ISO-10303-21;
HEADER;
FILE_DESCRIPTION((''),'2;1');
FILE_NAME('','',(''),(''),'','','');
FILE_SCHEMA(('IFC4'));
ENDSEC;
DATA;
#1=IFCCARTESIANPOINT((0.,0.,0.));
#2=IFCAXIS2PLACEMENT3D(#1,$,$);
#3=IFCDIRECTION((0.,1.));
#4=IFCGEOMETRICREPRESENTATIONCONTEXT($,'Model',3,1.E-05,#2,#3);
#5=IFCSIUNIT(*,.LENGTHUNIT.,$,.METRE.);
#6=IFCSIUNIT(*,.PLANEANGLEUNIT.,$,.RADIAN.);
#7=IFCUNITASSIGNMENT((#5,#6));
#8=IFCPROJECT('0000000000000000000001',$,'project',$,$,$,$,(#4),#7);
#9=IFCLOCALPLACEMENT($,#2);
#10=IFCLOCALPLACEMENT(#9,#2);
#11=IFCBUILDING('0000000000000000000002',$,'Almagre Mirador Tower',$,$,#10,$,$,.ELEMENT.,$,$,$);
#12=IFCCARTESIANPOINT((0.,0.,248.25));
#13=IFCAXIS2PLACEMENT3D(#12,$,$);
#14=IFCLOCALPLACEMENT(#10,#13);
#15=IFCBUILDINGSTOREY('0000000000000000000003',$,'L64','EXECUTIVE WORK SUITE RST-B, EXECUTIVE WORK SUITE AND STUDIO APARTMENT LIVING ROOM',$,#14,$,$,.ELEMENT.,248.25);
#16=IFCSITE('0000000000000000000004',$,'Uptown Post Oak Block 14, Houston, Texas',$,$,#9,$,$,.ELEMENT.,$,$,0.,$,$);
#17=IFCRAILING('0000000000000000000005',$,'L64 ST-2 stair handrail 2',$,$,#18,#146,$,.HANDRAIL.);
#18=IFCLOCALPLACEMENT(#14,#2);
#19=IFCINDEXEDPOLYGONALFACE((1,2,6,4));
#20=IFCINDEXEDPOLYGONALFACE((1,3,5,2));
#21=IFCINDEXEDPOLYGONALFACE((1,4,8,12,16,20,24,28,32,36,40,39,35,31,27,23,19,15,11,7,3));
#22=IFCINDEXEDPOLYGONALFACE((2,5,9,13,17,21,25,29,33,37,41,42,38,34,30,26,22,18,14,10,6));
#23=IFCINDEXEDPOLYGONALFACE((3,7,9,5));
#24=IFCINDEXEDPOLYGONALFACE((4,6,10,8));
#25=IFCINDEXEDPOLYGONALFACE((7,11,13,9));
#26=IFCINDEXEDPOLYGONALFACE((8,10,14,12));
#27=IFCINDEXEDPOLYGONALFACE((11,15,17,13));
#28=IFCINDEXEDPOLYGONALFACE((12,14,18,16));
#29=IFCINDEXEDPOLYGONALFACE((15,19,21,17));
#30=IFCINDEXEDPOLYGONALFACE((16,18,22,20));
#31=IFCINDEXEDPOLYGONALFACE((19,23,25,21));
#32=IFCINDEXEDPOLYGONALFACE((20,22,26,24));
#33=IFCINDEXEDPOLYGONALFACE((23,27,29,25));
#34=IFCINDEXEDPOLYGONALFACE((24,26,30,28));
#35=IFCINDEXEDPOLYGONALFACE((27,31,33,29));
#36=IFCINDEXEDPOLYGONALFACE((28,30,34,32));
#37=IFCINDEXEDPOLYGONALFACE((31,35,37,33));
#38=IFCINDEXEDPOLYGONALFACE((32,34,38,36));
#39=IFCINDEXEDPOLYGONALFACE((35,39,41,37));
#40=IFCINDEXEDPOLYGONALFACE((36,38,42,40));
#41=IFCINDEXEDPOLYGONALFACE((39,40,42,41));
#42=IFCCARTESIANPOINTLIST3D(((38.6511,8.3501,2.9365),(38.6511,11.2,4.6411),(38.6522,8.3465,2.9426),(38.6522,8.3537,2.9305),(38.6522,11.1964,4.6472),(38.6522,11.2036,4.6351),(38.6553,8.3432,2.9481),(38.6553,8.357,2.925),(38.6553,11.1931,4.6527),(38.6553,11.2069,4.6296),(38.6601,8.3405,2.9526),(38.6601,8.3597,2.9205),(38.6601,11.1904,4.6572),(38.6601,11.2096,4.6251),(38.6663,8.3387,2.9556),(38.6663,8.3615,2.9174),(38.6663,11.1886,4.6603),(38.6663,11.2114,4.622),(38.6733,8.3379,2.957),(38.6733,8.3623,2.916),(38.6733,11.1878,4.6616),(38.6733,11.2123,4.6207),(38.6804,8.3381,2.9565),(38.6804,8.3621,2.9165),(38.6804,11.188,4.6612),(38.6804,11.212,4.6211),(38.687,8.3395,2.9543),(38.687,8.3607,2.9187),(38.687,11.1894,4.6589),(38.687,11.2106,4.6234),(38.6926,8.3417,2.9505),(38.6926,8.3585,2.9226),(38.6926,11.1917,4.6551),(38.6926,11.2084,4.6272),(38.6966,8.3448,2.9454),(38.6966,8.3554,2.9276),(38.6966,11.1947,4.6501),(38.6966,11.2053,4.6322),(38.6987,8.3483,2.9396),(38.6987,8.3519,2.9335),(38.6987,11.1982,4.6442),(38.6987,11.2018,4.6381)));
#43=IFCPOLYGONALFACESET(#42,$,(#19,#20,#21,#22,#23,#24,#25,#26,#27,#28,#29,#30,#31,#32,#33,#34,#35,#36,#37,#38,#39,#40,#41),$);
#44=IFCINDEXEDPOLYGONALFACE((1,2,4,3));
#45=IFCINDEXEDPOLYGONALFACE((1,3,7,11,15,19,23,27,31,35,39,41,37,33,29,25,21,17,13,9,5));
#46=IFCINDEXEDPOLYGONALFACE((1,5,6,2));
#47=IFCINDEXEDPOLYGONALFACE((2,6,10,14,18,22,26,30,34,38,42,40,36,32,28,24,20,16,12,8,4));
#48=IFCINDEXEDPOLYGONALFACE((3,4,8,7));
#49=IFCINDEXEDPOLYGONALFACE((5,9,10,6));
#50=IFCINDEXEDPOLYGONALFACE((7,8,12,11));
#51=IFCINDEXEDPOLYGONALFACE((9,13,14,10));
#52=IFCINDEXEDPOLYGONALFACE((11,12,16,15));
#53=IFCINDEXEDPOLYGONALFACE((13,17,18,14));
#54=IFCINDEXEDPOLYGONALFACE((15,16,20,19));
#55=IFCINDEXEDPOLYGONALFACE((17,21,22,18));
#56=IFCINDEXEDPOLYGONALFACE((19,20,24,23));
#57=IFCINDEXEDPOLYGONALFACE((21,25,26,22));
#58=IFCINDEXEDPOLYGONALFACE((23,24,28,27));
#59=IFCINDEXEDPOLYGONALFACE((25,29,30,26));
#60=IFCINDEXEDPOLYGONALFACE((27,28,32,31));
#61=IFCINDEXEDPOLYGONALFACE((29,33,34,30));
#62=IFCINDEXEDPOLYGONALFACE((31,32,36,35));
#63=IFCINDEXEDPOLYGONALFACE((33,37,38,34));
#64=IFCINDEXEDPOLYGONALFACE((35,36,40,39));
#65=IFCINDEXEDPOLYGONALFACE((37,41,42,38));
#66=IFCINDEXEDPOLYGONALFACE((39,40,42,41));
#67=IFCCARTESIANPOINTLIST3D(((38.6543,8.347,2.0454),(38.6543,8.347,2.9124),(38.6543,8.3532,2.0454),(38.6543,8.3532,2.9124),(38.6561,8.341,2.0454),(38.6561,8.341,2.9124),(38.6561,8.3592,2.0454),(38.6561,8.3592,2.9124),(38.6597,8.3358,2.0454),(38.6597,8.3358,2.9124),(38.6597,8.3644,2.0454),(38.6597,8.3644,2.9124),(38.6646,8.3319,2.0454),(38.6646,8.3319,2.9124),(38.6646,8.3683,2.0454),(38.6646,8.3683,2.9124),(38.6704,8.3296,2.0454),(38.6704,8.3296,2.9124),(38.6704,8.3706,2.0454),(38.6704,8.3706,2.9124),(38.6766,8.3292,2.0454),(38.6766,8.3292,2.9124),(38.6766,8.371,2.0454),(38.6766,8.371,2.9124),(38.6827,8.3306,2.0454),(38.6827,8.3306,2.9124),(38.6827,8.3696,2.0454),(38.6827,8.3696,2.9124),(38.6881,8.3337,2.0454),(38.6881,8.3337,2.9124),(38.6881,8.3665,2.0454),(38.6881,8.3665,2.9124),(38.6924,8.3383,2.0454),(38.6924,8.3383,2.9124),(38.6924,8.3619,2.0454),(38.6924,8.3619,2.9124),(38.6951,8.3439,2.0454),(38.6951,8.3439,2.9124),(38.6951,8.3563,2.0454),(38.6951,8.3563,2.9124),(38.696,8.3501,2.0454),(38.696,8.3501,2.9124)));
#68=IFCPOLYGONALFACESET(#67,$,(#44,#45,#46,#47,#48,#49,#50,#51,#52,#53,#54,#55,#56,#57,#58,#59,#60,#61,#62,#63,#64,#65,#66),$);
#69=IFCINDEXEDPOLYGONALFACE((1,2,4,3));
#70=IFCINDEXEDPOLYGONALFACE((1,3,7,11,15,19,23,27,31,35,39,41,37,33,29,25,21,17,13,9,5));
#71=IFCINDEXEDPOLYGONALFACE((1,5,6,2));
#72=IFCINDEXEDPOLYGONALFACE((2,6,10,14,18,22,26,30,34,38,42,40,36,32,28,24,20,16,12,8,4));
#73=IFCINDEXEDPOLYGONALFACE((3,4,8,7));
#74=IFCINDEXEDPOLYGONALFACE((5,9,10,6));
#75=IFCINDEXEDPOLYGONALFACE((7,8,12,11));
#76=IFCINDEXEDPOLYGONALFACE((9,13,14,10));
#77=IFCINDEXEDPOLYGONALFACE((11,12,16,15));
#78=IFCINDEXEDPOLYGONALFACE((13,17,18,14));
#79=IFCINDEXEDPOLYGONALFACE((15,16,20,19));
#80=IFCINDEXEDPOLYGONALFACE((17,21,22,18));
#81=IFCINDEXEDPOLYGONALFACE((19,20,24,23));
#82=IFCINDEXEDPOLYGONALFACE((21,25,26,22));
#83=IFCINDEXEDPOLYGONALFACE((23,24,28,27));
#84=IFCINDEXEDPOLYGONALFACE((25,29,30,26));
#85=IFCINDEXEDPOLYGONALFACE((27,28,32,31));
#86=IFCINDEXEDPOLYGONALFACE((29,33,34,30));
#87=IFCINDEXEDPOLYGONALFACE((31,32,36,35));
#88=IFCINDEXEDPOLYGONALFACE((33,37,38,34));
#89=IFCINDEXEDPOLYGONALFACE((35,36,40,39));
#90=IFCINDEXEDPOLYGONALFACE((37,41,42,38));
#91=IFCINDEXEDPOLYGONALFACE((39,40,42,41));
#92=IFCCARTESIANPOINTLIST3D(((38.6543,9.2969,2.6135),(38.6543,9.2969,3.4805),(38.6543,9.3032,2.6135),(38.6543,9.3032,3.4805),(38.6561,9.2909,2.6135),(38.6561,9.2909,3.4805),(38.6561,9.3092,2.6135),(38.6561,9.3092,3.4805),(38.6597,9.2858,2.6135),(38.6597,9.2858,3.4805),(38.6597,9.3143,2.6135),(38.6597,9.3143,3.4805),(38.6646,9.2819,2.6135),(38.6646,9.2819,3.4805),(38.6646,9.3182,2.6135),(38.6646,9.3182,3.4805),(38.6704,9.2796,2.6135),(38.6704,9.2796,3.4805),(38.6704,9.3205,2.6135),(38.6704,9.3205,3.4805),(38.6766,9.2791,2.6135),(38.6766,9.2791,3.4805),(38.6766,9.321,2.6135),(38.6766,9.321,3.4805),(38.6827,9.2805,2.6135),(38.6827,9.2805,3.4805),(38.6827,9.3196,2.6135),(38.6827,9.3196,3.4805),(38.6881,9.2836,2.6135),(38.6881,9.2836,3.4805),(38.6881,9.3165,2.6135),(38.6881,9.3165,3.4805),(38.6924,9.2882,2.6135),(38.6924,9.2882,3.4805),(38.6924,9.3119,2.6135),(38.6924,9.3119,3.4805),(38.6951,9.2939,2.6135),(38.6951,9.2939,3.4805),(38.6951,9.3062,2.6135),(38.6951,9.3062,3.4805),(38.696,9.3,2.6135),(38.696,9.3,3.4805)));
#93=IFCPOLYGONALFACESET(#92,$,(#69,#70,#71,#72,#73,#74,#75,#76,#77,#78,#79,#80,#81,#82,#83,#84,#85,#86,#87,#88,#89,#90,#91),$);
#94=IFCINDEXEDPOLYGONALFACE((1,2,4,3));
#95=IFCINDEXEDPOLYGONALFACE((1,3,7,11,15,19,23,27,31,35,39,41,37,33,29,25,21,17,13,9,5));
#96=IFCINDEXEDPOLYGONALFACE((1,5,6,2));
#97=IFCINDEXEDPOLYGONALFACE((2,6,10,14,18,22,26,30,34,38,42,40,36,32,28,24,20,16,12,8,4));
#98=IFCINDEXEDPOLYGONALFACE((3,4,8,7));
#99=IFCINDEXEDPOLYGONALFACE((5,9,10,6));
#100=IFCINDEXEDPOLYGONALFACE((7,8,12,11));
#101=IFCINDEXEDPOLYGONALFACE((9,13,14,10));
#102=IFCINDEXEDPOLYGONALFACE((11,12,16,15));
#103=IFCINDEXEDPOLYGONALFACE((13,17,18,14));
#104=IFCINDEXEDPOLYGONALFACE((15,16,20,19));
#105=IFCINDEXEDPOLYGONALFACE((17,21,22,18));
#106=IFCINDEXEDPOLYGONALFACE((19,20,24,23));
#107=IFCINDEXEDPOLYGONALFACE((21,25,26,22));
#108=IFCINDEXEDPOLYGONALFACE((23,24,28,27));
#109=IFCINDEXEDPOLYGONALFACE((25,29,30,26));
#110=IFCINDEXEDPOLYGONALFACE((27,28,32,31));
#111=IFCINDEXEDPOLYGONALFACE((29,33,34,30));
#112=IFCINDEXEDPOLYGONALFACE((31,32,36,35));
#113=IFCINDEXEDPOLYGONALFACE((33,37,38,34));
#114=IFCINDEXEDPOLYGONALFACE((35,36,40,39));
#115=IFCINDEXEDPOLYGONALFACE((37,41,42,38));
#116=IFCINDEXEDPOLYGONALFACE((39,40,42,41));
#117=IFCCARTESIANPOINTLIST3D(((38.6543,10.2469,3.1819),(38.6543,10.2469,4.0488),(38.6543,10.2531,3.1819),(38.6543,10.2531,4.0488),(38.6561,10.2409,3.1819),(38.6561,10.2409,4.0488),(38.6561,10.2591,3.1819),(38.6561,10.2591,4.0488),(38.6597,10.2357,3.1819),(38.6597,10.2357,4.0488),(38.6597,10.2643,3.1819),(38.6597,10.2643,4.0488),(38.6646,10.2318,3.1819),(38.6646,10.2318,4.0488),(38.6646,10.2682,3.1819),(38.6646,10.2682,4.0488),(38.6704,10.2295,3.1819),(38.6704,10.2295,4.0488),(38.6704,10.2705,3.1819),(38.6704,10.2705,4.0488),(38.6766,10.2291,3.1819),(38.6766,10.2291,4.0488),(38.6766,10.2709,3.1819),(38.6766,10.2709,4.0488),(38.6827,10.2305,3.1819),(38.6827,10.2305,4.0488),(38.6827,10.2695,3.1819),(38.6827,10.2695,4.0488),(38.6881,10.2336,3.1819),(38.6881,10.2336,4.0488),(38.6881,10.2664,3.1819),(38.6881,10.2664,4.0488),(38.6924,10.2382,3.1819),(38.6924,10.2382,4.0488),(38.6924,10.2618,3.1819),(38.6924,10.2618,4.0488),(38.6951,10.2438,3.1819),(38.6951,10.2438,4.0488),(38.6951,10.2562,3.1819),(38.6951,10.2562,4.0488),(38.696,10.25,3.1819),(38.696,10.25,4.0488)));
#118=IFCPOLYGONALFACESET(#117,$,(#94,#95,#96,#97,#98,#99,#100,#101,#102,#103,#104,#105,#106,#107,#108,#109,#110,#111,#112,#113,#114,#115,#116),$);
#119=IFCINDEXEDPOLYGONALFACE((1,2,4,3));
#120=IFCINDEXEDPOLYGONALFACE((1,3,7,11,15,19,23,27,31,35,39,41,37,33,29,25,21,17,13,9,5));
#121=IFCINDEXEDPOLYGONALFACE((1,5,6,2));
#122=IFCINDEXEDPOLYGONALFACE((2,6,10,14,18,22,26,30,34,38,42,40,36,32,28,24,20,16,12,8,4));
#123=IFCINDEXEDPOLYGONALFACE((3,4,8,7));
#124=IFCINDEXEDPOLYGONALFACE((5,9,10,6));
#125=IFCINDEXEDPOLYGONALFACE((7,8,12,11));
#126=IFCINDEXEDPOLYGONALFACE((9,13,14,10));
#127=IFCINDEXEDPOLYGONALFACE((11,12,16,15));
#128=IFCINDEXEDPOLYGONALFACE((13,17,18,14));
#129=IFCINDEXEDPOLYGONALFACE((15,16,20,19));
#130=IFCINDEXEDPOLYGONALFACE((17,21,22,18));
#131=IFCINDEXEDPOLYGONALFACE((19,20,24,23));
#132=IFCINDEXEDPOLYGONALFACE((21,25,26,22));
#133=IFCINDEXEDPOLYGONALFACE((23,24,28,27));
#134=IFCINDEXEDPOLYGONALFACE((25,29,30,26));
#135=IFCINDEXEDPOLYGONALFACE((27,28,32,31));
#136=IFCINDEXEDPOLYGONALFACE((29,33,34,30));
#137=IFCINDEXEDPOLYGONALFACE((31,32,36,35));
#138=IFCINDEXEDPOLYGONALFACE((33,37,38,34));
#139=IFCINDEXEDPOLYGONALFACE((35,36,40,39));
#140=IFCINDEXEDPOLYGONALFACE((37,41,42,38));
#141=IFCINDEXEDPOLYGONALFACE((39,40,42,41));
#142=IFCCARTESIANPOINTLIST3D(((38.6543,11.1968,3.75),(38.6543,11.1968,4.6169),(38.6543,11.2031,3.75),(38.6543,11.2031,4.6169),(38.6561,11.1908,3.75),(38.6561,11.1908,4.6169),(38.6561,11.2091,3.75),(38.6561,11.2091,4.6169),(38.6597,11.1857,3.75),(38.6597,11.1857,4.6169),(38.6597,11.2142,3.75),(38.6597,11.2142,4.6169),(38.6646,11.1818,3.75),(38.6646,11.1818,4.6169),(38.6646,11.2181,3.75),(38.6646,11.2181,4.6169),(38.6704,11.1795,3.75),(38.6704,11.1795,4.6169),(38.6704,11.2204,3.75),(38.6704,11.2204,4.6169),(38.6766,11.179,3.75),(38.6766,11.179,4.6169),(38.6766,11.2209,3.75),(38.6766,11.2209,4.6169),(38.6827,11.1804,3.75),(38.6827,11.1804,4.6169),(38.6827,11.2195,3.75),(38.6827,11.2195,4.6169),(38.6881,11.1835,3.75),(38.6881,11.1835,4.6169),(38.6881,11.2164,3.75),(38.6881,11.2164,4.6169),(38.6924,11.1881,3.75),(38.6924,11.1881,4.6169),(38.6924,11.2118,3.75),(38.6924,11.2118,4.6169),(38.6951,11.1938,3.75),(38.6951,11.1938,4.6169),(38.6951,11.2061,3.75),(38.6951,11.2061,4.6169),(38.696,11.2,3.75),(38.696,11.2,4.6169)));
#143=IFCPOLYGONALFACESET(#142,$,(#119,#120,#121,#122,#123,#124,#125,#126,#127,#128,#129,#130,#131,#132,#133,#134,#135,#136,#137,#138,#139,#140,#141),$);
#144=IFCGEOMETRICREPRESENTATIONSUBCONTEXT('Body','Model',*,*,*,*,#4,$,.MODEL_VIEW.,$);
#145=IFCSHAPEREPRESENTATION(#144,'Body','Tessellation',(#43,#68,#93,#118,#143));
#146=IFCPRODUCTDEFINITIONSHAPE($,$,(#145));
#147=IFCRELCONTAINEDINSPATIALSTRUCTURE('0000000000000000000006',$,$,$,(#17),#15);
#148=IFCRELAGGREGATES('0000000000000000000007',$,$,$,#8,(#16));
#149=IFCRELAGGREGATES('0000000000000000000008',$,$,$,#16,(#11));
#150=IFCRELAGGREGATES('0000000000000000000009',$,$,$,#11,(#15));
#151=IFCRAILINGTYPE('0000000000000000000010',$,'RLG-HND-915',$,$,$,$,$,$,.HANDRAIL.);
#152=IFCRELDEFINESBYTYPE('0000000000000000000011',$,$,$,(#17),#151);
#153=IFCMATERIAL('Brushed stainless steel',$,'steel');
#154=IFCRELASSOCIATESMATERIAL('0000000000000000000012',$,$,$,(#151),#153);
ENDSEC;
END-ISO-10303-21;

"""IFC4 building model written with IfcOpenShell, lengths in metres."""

from ifc_helpers import new_model, si_unit, direction, frame, origin, origin_2d, place, context, subcontext, project, spatial, circle, extrude, material, type_object, element, save


model = new_model("IFC4")

# Units and contexts
model_context = context("Model", 3, precision=1e-05, world=origin(), true_north=direction((0.0, 1.0)))
body_context = subcontext(model_context, "Body", "Model", "MODEL_VIEW")
ifc_project = project(units=[si_unit("LENGTHUNIT", "METRE"), si_unit("PLANEANGLEUNIT", "RADIAN")], contexts=[model_context])

# Site, building, storey
site_placement = place(None, origin())
site = spatial("IfcSite", under=ifc_project, at=site_placement, Name="Uptown Post Oak Block 14, Houston, Texas", CompositionType="ELEMENT", RefElevation=0.0)
building_placement = place(site_placement, origin())
building = spatial("IfcBuilding", under=site, at=building_placement, Name="Almagre Mirador Tower", CompositionType="ELEMENT")
storey_placement = place(building_placement, frame((0.0, 0.0, 248.25)))
storey = spatial("IfcBuildingStorey", under=building, at=storey_placement, Name="L64", Description="EXECUTIVE WORK SUITE RST-B, EXECUTIVE WORK SUITE AND STUDIO APARTMENT LIVING ROOM", CompositionType="ELEMENT", Elevation=248.25)

# Railing
ifc_material_1 = material(Name="Brushed stainless steel", Category="steel")
railing_type_1 = type_object("IfcRailingType", Name="RLG-HND-915", PredefinedType="HANDRAIL", material=ifc_material_1)
railing_1_placement = place(storey_placement, frame((38.675, 8.3501, 2.0454)))
element("IfcRailing", 1, at=railing_1_placement, inside=storey, type_object=railing_type_1, Name="L64 ST-2 stair handrail 2", PredefinedType="HANDRAIL", context=body_context, shape_type="SweptSolid", body=[
    extrude(circle(Radius=0.0239, at=origin_2d()), frame((0.0, 0.0, 0.8911), z_axis=(0.0, 0.858199, 0.513317), x_axis=(-1.0, 0.0, 0.0)), (0.0, 0.0, 1.0), 3.3208),
    extrude(circle(Radius=0.021, at=origin_2d()), origin(), (0.0, 0.0, 1.0), 0.8669),
    extrude(circle(Radius=0.021, at=origin_2d()), frame((0.0, 0.95, 0.5681)), (0.0, 0.0, 1.0), 0.8669),
    extrude(circle(Radius=0.021, at=origin_2d()), frame((0.0, 1.8999, 1.1365)), (0.0, 0.0, 1.0), 0.8669),
    extrude(circle(Radius=0.021, at=origin_2d()), frame((0.0, 2.8499, 1.7046)), (0.0, 0.0, 1.0), 0.8669),
])

save(model, "model.ifc")
